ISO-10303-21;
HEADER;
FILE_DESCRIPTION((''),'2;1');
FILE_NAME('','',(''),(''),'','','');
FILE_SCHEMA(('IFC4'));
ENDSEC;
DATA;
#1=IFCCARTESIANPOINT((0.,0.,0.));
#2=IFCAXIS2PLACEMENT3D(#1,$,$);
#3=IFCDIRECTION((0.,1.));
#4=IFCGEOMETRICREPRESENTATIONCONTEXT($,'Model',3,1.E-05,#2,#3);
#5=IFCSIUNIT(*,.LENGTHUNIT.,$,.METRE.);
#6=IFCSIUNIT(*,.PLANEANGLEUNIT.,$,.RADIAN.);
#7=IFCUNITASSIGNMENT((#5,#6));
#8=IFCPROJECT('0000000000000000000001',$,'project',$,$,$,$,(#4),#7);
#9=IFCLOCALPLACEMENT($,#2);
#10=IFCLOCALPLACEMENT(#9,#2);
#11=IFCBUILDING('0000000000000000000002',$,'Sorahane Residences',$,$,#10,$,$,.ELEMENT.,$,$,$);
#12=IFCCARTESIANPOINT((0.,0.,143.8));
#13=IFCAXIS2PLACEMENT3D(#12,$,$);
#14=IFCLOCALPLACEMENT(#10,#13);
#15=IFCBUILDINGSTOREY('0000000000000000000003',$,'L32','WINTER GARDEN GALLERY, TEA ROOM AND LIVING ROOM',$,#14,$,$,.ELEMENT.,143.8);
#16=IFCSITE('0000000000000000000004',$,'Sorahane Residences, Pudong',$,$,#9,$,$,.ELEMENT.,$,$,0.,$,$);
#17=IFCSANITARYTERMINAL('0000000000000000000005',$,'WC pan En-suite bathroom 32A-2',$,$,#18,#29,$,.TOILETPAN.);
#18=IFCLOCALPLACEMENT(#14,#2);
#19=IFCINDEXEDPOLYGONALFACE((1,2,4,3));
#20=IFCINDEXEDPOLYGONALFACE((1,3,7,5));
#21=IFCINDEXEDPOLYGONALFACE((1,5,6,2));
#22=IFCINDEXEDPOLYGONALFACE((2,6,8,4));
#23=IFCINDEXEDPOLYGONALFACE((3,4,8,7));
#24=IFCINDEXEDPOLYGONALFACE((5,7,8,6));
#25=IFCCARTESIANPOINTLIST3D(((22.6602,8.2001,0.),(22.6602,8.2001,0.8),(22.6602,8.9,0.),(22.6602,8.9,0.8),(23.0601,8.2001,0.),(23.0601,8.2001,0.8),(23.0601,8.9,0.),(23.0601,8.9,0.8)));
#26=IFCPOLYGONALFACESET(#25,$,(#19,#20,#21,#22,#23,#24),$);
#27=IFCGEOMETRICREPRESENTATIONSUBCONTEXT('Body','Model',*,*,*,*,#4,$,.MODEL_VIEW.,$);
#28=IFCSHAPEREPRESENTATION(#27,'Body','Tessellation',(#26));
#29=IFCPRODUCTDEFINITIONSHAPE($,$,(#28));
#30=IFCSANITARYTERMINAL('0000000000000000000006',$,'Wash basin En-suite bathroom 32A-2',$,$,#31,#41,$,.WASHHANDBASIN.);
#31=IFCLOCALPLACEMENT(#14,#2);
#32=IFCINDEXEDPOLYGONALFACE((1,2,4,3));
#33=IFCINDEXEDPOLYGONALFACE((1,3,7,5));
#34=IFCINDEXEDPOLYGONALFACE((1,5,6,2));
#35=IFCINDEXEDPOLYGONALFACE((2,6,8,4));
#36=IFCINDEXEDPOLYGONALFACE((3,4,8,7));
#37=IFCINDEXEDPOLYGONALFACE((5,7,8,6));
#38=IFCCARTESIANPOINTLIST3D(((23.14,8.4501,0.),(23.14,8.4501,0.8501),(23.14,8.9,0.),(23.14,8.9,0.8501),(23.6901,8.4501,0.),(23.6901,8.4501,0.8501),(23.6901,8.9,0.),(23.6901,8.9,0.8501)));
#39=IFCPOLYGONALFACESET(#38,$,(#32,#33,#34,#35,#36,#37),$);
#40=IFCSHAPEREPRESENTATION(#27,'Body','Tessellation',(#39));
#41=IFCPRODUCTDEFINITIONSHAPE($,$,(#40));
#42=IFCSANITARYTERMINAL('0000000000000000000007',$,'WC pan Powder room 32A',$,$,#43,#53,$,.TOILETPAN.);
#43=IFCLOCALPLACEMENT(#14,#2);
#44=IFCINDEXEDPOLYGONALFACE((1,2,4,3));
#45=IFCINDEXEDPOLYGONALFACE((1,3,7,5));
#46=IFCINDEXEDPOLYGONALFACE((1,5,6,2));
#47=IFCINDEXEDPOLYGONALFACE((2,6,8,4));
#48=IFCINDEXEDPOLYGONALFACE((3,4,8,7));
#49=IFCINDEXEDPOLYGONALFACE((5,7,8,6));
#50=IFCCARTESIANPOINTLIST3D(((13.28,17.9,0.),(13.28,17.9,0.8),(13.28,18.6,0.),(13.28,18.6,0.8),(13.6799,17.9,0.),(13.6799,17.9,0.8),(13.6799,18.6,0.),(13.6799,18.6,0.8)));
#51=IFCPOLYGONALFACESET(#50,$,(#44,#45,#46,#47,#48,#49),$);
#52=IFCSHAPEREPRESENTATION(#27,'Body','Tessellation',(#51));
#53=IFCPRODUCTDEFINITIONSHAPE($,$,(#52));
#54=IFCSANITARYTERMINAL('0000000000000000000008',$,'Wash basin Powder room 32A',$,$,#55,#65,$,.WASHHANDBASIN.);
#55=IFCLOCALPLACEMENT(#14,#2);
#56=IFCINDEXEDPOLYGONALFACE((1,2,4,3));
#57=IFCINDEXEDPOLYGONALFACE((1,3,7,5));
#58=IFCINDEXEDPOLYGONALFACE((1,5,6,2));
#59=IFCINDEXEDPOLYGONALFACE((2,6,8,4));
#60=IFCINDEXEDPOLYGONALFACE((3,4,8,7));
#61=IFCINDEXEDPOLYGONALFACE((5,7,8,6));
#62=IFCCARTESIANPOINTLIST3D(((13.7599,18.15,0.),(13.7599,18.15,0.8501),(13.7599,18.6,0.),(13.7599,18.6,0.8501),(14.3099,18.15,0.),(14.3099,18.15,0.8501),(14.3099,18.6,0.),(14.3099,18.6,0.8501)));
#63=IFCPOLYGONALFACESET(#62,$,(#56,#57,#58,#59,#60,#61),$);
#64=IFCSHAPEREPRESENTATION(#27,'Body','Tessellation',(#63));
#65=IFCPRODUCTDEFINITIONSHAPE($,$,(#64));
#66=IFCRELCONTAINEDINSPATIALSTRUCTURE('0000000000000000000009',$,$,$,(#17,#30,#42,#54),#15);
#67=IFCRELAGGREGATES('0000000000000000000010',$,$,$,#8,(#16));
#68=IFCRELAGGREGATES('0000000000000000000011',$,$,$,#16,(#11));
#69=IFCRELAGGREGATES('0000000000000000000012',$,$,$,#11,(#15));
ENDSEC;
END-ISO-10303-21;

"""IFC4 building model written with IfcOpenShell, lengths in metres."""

from ifc_helpers import new_model, si_unit, direction, frame, origin, origin_2d, place, context, subcontext, project, spatial, rectangle, extrude, element, save


model = new_model("IFC4")

# Units and contexts
model_context = context("Model", 3, precision=1e-05, world=origin(), true_north=direction((0.0, 1.0)))
body_context = subcontext(model_context, "Body", "Model", "MODEL_VIEW")
ifc_project = project(units=[si_unit("LENGTHUNIT", "METRE"), si_unit("PLANEANGLEUNIT", "RADIAN")], contexts=[model_context])

# Site, building, storey
site_placement = place(None, origin())
site = spatial("IfcSite", under=ifc_project, at=site_placement, Name="Sorahane Residences, Pudong", CompositionType="ELEMENT", RefElevation=0.0)
building_placement = place(site_placement, origin())
building = spatial("IfcBuilding", under=site, at=building_placement, Name="Sorahane Residences", CompositionType="ELEMENT")
storey_placement = place(building_placement, frame((0.0, 0.0, 143.8)))
storey = spatial("IfcBuildingStorey", under=building, at=storey_placement, Name="L32", Description="WINTER GARDEN GALLERY, TEA ROOM AND LIVING ROOM", CompositionType="ELEMENT", Elevation=143.8)

# Sanitary terminals
sanitary_terminal_1_placement = place(storey_placement, frame((22.8601, 8.55, 0.0), z_axis=(0.0, 0.0, 1.0), x_axis=(1.0, 0.0, 0.0)))
element("IfcSanitaryTerminal", 1, at=sanitary_terminal_1_placement, inside=storey, Name="WC pan En-suite bathroom 32A-2", PredefinedType="TOILETPAN", context=body_context, shape_type="SweptSolid", body=[
    extrude(rectangle(XDim=0.3999, YDim=0.7, at=origin_2d()), origin(), (0.0, 0.0, 1.0), 0.8),
])
sanitary_terminal_2_placement = place(storey_placement, frame((23.415, 8.675, 0.0), z_axis=(0.0, 0.0, 1.0), x_axis=(1.0, 0.0, 0.0)))
element("IfcSanitaryTerminal", 2, at=sanitary_terminal_2_placement, inside=storey, Name="Wash basin En-suite bathroom 32A-2", PredefinedType="WASHHANDBASIN", context=body_context, shape_type="SweptSolid", body=[
    extrude(rectangle(XDim=0.55, YDim=0.45, at=origin_2d()), origin(), (0.0, 0.0, 1.0), 0.8501),
])
sanitary_terminal_3_placement = place(storey_placement, frame((13.48, 18.25, 0.0), z_axis=(0.0, 0.0, 1.0), x_axis=(1.0, 0.0, 0.0)))
element("IfcSanitaryTerminal", 3, at=sanitary_terminal_3_placement, inside=storey, Name="WC pan Powder room 32A", PredefinedType="TOILETPAN", context=body_context, shape_type="SweptSolid", body=[
    extrude(rectangle(XDim=0.3999, YDim=0.7, at=origin_2d()), origin(), (0.0, 0.0, 1.0), 0.8),
])
sanitary_terminal_4_placement = place(storey_placement, frame((14.0349, 18.375, 0.0), z_axis=(0.0, 0.0, 1.0), x_axis=(1.0, 0.0, 0.0)))
element("IfcSanitaryTerminal", 4, at=sanitary_terminal_4_placement, inside=storey, Name="Wash basin Powder room 32A", PredefinedType="WASHHANDBASIN", context=body_context, shape_type="SweptSolid", body=[
    extrude(rectangle(XDim=0.55, YDim=0.45, at=origin_2d()), origin(), (0.0, 0.0, 1.0), 0.8501),
])

save(model, "model.ifc")
